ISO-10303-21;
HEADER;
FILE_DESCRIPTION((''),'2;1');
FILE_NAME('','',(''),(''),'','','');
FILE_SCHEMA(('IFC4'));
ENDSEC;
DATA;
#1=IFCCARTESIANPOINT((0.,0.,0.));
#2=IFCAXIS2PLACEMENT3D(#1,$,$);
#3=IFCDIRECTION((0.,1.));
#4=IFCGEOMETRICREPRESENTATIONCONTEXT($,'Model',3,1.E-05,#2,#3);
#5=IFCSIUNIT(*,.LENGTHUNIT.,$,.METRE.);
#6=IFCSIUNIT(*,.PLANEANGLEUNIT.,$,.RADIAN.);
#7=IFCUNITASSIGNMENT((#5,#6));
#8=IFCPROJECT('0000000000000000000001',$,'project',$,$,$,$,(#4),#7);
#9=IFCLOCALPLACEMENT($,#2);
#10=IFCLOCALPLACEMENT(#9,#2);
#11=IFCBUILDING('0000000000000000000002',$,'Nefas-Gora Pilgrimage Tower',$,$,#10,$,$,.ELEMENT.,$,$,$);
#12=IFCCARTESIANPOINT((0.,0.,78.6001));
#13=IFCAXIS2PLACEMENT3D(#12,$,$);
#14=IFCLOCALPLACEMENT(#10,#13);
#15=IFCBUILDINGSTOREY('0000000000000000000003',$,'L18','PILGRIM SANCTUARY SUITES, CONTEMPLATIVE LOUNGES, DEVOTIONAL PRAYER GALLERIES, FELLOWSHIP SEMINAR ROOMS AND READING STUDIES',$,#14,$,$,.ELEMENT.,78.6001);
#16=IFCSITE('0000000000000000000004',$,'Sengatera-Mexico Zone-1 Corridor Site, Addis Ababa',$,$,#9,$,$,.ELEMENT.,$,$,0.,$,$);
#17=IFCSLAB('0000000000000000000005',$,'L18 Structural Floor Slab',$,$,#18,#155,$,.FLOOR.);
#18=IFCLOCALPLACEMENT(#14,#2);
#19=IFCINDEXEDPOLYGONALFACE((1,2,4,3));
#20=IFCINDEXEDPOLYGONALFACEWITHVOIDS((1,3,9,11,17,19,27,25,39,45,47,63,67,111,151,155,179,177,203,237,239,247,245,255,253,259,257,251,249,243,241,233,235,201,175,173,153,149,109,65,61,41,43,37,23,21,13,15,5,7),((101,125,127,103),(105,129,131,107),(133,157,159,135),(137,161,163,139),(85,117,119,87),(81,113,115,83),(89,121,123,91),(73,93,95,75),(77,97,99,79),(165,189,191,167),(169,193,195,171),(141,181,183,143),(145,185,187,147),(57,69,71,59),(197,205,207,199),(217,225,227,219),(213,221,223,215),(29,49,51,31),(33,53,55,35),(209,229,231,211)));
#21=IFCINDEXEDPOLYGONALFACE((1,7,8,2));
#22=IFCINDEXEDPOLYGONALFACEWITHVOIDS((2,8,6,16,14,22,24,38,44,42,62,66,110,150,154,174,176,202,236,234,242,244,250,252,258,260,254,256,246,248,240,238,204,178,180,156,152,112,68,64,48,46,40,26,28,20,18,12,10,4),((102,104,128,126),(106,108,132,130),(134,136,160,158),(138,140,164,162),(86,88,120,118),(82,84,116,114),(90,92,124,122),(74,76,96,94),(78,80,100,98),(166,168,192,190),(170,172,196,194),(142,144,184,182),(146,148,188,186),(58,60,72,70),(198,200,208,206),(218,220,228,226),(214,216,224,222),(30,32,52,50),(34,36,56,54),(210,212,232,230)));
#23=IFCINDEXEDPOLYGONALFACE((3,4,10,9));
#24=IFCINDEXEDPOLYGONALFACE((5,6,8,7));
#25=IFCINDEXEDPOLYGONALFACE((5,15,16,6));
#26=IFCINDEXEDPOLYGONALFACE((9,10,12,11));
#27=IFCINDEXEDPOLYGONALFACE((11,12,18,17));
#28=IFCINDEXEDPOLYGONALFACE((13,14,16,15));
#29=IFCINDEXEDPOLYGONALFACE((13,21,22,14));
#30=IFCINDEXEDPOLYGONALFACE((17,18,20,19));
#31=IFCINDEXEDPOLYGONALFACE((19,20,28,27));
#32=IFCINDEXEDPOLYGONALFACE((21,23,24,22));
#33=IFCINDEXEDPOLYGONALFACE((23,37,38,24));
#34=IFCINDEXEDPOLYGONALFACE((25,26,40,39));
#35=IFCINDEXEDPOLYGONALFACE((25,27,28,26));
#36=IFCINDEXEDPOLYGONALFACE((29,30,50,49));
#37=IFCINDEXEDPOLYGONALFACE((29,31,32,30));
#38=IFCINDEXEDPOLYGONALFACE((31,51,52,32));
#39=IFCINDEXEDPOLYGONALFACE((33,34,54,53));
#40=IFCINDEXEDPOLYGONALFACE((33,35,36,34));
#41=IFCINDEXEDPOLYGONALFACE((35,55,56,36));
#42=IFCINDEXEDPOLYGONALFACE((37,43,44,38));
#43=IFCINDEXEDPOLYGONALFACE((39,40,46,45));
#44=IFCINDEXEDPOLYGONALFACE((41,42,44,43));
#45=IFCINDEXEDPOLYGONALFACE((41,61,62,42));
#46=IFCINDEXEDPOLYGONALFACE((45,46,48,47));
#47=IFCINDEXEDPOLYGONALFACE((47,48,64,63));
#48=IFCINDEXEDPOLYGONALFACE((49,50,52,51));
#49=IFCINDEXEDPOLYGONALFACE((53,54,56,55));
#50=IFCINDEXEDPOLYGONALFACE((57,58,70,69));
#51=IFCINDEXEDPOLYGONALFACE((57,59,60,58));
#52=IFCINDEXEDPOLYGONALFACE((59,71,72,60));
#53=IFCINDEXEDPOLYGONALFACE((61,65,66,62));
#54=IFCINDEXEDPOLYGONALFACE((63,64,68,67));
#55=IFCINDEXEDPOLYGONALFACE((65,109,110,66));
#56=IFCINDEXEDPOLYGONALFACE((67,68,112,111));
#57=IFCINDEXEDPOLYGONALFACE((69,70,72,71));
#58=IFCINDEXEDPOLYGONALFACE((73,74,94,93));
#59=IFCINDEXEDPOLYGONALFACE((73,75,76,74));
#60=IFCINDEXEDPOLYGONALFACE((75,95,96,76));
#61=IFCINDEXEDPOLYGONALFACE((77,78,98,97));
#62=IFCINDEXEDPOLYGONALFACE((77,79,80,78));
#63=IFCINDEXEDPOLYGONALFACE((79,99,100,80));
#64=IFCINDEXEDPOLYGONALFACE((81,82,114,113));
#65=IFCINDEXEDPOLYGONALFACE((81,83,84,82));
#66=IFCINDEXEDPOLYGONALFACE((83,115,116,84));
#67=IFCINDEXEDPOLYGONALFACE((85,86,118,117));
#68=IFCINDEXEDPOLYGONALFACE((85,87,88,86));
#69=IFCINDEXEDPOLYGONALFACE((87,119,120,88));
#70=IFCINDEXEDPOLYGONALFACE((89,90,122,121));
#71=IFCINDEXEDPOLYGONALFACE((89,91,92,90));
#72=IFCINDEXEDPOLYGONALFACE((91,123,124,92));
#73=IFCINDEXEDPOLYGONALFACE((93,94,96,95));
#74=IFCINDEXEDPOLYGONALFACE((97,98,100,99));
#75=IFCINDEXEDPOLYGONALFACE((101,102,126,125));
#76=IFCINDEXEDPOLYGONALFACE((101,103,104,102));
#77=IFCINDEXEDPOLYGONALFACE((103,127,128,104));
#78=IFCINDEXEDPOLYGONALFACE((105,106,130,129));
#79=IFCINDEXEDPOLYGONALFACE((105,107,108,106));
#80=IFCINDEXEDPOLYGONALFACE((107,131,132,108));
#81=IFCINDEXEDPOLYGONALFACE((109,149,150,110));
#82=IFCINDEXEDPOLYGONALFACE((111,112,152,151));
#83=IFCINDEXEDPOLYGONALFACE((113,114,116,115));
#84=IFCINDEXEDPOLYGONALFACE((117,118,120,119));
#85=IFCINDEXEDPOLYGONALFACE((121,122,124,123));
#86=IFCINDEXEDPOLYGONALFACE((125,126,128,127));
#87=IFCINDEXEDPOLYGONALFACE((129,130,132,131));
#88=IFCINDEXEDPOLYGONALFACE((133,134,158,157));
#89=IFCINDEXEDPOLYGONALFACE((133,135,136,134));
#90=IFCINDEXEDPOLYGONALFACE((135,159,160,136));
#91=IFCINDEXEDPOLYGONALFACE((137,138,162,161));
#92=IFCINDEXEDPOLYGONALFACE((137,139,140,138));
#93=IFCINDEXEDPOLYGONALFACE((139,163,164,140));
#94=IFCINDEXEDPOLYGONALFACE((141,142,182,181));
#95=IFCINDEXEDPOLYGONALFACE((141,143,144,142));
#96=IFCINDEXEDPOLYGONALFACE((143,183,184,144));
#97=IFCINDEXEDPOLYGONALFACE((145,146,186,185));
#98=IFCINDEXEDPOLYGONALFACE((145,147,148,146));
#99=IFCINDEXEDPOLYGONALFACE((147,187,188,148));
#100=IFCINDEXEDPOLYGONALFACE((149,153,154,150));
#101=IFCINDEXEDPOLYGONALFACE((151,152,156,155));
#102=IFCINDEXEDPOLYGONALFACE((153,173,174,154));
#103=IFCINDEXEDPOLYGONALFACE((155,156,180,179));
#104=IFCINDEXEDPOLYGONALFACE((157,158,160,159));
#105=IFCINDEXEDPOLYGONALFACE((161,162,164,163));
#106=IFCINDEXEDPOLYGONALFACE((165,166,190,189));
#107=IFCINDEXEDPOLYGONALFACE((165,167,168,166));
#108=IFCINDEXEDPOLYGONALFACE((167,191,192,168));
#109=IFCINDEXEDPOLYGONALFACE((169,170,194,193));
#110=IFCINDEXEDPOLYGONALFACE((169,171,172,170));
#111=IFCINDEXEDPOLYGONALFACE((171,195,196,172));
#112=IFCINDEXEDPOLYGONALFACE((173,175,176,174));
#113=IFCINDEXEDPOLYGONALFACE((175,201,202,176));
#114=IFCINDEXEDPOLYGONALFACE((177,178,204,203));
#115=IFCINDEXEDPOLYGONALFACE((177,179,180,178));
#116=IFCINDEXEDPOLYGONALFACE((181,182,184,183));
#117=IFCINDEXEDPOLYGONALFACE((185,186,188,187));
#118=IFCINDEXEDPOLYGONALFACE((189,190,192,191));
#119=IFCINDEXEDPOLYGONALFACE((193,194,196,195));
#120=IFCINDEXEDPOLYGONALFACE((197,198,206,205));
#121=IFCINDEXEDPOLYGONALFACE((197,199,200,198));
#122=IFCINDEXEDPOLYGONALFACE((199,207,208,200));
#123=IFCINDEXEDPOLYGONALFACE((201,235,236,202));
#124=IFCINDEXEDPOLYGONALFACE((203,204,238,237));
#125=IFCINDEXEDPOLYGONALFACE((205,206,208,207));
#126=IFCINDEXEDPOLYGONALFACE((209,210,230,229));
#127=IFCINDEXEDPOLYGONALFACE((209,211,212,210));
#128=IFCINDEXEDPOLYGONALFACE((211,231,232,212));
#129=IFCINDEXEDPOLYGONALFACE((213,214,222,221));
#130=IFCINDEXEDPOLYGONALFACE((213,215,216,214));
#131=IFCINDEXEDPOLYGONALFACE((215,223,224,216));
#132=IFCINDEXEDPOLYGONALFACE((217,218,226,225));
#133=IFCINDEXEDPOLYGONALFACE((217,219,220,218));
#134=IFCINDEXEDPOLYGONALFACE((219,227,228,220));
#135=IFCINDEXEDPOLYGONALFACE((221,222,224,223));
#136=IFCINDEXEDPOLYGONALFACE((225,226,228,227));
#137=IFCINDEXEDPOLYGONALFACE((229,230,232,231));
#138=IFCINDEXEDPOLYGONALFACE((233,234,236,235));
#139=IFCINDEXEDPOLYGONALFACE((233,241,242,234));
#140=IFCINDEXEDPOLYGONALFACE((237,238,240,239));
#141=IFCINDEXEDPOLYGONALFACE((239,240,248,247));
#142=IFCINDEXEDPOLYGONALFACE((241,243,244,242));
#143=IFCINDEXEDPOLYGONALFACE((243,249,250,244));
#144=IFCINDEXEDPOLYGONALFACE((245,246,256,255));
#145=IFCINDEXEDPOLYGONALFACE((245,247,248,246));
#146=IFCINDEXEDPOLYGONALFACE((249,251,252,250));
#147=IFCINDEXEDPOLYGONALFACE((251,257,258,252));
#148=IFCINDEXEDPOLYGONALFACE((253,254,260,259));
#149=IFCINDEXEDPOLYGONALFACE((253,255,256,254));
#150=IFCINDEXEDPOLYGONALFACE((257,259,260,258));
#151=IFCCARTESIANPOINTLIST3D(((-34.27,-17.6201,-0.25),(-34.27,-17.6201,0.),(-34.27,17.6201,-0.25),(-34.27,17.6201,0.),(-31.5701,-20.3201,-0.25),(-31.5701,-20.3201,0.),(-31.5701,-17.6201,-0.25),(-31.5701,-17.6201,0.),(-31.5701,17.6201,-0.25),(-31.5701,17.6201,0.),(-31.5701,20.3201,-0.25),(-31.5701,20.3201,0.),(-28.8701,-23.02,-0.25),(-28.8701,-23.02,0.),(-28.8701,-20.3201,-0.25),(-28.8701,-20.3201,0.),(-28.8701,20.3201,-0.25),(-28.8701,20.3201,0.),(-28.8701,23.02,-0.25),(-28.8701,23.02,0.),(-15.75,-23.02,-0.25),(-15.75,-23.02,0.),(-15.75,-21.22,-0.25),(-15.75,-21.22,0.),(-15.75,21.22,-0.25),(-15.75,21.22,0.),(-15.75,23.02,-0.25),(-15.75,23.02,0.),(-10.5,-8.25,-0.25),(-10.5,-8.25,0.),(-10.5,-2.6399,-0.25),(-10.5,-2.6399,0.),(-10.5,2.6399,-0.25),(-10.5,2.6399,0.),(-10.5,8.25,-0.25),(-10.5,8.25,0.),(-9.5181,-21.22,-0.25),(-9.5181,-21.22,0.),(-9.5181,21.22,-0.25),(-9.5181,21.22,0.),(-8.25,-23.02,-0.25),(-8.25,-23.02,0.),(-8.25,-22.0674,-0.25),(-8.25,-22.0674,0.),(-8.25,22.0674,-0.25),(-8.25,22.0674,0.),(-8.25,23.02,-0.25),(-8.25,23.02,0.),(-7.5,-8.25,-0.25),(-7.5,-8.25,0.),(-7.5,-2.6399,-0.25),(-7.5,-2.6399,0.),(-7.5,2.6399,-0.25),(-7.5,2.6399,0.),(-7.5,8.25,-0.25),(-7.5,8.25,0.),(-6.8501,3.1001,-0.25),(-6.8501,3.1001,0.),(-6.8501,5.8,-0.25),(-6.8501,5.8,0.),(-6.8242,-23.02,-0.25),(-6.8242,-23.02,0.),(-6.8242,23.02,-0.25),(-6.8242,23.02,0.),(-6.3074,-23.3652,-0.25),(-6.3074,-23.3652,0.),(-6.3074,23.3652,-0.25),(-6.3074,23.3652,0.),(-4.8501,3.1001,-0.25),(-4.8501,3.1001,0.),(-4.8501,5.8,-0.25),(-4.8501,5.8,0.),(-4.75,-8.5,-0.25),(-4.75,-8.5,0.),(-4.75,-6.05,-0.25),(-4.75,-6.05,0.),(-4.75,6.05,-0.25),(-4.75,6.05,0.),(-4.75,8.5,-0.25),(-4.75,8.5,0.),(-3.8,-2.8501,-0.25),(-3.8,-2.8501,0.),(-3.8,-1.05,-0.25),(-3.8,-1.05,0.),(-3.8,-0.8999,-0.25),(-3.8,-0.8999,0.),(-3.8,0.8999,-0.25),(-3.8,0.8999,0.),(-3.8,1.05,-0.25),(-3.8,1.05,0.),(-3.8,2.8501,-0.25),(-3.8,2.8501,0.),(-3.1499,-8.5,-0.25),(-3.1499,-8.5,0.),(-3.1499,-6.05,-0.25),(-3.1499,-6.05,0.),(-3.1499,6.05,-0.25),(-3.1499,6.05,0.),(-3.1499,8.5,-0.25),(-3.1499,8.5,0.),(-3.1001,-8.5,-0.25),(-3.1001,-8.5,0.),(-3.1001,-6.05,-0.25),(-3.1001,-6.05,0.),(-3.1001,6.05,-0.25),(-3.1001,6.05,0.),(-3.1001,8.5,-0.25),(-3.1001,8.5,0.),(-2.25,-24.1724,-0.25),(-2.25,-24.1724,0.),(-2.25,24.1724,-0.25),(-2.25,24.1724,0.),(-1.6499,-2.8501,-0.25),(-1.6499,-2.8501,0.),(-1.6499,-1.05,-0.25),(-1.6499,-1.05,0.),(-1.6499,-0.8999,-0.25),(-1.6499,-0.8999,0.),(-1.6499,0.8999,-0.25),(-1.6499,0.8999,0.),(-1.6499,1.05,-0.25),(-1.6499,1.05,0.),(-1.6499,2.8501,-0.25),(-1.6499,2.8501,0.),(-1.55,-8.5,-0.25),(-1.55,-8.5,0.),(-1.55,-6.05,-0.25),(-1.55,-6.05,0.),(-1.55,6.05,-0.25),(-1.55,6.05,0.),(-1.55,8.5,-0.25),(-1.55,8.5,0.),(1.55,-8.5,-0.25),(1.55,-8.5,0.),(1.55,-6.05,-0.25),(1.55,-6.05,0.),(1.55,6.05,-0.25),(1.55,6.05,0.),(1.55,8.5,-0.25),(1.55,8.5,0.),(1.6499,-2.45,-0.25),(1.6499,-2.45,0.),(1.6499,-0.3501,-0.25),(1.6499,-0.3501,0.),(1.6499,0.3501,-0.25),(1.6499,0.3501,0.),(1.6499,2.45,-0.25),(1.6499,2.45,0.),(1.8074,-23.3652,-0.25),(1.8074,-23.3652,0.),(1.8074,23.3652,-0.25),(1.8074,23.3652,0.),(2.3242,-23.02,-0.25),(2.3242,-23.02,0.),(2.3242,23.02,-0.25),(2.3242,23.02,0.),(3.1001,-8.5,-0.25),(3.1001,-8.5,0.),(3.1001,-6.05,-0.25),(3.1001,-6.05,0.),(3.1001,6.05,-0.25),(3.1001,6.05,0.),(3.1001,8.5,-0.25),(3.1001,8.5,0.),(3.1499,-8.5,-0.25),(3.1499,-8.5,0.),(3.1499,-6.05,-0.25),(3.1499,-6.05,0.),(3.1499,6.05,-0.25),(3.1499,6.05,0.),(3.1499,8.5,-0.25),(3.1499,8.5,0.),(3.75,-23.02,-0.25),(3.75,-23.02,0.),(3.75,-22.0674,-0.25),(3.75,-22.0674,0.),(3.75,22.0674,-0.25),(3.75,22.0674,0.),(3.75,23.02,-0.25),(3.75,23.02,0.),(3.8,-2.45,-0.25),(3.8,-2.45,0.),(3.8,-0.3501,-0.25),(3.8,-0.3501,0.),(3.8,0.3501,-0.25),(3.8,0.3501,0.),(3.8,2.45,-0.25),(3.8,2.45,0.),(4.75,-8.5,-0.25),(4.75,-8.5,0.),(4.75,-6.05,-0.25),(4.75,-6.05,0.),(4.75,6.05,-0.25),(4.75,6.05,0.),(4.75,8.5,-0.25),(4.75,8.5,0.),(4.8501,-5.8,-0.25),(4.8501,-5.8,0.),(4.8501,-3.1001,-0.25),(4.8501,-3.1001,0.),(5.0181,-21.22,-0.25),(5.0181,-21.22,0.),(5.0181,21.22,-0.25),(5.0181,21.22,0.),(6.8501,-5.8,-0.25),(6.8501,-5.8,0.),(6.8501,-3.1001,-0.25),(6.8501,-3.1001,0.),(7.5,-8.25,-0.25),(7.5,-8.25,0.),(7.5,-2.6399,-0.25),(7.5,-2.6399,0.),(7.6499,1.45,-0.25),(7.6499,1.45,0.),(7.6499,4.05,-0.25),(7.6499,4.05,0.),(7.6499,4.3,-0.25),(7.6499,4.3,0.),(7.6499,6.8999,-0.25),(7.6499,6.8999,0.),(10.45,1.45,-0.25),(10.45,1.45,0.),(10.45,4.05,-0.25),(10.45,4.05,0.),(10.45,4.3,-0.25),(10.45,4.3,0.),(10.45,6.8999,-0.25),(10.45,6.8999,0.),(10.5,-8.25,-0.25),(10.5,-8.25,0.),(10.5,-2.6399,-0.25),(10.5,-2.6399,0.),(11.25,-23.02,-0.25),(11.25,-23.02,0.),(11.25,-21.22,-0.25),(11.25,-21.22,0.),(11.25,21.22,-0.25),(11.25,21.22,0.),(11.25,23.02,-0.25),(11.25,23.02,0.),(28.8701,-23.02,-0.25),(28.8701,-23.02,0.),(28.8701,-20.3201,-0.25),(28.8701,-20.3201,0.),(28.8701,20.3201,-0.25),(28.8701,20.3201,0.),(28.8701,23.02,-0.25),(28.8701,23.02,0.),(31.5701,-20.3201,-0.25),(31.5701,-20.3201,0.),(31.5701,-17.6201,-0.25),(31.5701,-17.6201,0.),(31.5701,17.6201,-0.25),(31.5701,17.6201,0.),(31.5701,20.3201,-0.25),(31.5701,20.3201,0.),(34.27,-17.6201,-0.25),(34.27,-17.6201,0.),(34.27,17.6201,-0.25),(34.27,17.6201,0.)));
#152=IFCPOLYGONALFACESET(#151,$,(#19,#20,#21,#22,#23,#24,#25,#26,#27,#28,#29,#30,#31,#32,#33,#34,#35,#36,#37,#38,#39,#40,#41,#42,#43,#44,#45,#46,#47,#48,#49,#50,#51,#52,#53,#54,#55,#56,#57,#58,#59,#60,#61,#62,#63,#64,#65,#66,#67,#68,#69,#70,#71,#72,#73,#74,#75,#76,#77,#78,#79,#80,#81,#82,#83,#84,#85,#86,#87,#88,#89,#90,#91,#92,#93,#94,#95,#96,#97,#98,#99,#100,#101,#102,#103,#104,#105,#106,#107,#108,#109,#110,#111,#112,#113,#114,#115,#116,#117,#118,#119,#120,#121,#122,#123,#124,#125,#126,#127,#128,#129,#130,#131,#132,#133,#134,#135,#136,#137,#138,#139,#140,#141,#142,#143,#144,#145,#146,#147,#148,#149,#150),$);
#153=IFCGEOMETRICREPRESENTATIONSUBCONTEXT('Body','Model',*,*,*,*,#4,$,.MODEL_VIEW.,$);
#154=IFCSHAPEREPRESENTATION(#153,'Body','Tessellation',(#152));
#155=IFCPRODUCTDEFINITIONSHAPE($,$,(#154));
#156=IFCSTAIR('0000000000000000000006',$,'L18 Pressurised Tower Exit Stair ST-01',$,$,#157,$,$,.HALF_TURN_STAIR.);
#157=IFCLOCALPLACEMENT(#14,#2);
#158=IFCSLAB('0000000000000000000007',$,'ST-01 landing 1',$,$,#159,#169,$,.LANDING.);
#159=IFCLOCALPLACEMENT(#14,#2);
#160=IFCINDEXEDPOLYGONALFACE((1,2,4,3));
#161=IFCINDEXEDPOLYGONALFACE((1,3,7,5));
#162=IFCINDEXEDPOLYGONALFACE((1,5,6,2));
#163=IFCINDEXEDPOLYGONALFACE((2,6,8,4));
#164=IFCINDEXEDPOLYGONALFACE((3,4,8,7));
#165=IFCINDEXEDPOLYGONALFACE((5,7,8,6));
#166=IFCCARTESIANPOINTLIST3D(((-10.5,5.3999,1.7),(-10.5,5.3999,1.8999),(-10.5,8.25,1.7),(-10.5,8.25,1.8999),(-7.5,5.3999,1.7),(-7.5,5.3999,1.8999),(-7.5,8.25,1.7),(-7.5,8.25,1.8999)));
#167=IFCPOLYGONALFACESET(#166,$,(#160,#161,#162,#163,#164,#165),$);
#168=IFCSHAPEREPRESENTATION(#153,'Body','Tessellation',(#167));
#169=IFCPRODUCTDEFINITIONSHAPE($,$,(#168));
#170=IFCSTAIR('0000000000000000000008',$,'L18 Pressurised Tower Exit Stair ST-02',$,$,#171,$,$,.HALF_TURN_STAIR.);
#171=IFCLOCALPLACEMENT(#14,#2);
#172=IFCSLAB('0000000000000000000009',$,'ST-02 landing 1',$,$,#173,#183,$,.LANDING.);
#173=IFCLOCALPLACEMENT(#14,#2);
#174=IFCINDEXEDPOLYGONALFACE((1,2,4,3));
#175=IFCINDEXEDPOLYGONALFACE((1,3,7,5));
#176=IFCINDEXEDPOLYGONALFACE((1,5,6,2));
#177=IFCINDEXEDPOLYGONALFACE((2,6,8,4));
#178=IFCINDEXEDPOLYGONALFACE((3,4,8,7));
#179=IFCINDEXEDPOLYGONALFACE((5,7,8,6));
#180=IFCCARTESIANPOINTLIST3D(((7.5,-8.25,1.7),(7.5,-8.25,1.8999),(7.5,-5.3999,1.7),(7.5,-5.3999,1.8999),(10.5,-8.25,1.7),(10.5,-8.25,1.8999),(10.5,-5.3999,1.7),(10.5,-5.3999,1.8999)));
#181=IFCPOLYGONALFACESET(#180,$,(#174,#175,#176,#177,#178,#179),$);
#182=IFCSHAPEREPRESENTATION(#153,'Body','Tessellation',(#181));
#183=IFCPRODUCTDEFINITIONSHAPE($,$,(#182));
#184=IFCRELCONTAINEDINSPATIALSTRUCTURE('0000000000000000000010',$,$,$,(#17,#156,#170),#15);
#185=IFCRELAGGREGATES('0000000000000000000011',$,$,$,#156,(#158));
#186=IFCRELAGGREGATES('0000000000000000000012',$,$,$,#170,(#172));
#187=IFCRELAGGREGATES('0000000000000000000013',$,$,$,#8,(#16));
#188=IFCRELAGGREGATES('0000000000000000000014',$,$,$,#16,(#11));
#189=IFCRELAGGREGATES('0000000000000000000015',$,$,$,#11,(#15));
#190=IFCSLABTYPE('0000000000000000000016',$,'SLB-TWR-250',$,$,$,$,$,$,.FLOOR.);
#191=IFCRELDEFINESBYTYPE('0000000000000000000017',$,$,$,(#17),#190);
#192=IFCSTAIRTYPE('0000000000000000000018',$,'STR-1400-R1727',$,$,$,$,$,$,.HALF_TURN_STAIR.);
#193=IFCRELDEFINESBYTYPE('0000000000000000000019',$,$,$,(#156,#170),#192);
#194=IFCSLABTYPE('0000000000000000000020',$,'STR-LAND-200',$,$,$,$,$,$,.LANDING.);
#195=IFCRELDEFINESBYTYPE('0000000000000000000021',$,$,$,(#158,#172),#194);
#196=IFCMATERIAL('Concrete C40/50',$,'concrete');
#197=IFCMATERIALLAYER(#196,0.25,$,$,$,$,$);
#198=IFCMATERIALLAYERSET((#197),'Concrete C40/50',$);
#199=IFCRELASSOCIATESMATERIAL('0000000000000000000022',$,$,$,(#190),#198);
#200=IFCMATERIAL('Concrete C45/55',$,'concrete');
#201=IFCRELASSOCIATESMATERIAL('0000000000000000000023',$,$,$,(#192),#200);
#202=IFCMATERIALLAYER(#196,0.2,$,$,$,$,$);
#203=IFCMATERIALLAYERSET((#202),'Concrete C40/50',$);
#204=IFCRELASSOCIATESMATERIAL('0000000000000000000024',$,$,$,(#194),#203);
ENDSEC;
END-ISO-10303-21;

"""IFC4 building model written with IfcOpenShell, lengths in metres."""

from ifc_helpers import new_model, si_unit, direction, frame, origin, place, context, subcontext, project, spatial, polyline, outline, extrude, material, layer, layer_set, type_object, element, aggregate, save


model = new_model("IFC4")

# Units and contexts
model_context = context("Model", 3, precision=1e-05, world=origin(), true_north=direction((0.0, 1.0)))
body_context = subcontext(model_context, "Body", "Model", "MODEL_VIEW")
ifc_project = project(units=[si_unit("LENGTHUNIT", "METRE"), si_unit("PLANEANGLEUNIT", "RADIAN")], contexts=[model_context])

# Site, building, storey
site_placement = place(None, origin())
site = spatial("IfcSite", under=ifc_project, at=site_placement, Name="Sengatera-Mexico Zone-1 Corridor Site, Addis Ababa", CompositionType="ELEMENT", RefElevation=0.0)
building_placement = place(site_placement, origin())
building = spatial("IfcBuilding", under=site, at=building_placement, Name="Nefas-Gora Pilgrimage Tower", CompositionType="ELEMENT")
storey_placement = place(building_placement, frame((0.0, 0.0, 78.6001)))
storey = spatial("IfcBuildingStorey", under=building, at=storey_placement, Name="L18", Description="PILGRIM SANCTUARY SUITES, CONTEMPLATIVE LOUNGES, DEVOTIONAL PRAYER GALLERIES, FELLOWSHIP SEMINAR ROOMS AND READING STUDIES", CompositionType="ELEMENT", Elevation=78.6001)

# Slab
ifc_material_1 = material(Name="Concrete C40/50", Category="concrete")
ifc_layer_1 = layer(ifc_material_1, 0.25)
ifc_layer_set_1 = layer_set([ifc_layer_1], Name="Concrete C40/50")
slab_type_1 = type_object("IfcSlabType", Name="SLB-TWR-250", PredefinedType="FLOOR", material=ifc_layer_set_1)
slab_1_placement = place(storey_placement, frame((0.0, 0.0, -0.25)))
element("IfcSlab", 1, at=slab_1_placement, inside=storey, type_object=slab_type_1, Name="L18 Structural Floor Slab", PredefinedType="FLOOR", context=body_context, shape_type="SweptSolid", body=[
    extrude(outline(polyline([(5.0181, -21.22), (11.25, -21.22), (11.25, -23.02), (28.8701, -23.02), (28.8701, -20.3201), (31.5701, -20.3201), (31.5701, -17.6201), (34.27, -17.6201), (34.27, 17.6201), (31.5701, 17.6201), (31.5701, 20.3201), (28.8701, 20.3201), (28.8701, 23.02), (11.25, 23.02), (11.25, 21.22), (5.0181, 21.22), (3.75, 22.0674), (3.75, 23.02), (2.3242, 23.02), (1.8074, 23.3652), (-2.25, 24.1724), (-6.3074, 23.3652), (-6.8242, 23.02), (-8.25, 23.02), (-8.25, 22.0674), (-9.5181, 21.22), (-15.75, 21.22), (-15.75, 23.02), (-28.8701, 23.02), (-28.8701, 20.3201), (-31.5701, 20.3201), (-31.5701, 17.6201), (-34.27, 17.6201), (-34.27, -17.6201), (-31.5701, -17.6201), (-31.5701, -20.3201), (-28.8701, -20.3201), (-28.8701, -23.02), (-15.75, -23.02), (-15.75, -21.22), (-9.5181, -21.22), (-8.25, -22.0674), (-8.25, -23.02), (-6.8242, -23.02), (-6.3074, -23.3652), (-2.25, -24.1724), (1.8074, -23.3652), (2.3242, -23.02), (3.75, -23.02), (3.75, -22.0674), (5.0181, -21.22)]), holes=[polyline([(-10.5, 2.6399), (-10.5, 8.25), (-7.5, 8.25), (-7.5, 2.6399), (-10.5, 2.6399)]), polyline([(10.5, -2.6399), (10.5, -8.25), (7.5, -8.25), (7.5, -2.6399), (10.5, -2.6399)]), polyline([(-7.5, -2.6399), (-7.5, -8.25), (-10.5, -8.25), (-10.5, -2.6399), (-7.5, -2.6399)]), polyline([(-6.8501, 5.8), (-4.8501, 5.8), (-4.8501, 3.1001), (-6.8501, 3.1001), (-6.8501, 5.8)]), polyline([(4.8501, -3.1001), (6.8501, -3.1001), (6.8501, -5.8), (4.8501, -5.8), (4.8501, -3.1001)]), polyline([(7.6499, 4.05), (10.45, 4.05), (10.45, 1.45), (7.6499, 1.45), (7.6499, 4.05)]), polyline([(7.6499, 6.8999), (10.45, 6.8999), (10.45, 4.3), (7.6499, 4.3), (7.6499, 6.8999)]), polyline([(-4.75, 8.5), (-3.1499, 8.5), (-3.1499, 6.05), (-4.75, 6.05), (-4.75, 8.5)]), polyline([(-3.1001, 8.5), (-1.55, 8.5), (-1.55, 6.05), (-3.1001, 6.05), (-3.1001, 8.5)]), polyline([(1.55, 8.5), (3.1001, 8.5), (3.1001, 6.05), (1.55, 6.05), (1.55, 8.5)]), polyline([(3.1499, 8.5), (4.75, 8.5), (4.75, 6.05), (3.1499, 6.05), (3.1499, 8.5)]), polyline([(-4.75, -6.05), (-3.1499, -6.05), (-3.1499, -8.5), (-4.75, -8.5), (-4.75, -6.05)]), polyline([(-3.1001, -6.05), (-1.55, -6.05), (-1.55, -8.5), (-3.1001, -8.5), (-3.1001, -6.05)]), polyline([(1.55, -6.05), (3.1001, -6.05), (3.1001, -8.5), (1.55, -8.5), (1.55, -6.05)]), polyline([(3.1499, -6.05), (4.75, -6.05), (4.75, -8.5), (3.1499, -8.5), (3.1499, -6.05)]), polyline([(-3.8, -1.05), (-1.6499, -1.05), (-1.6499, -2.8501), (-3.8, -2.8501), (-3.8, -1.05)]), polyline([(-3.8, 0.8999), (-1.6499, 0.8999), (-1.6499, -0.8999), (-3.8, -0.8999), (-3.8, 0.8999)]), polyline([(-3.8, 2.8501), (-1.6499, 2.8501), (-1.6499, 1.05), (-3.8, 1.05), (-3.8, 2.8501)]), polyline([(1.6499, -0.3501), (3.8, -0.3501), (3.8, -2.45), (1.6499, -2.45), (1.6499, -0.3501)]), polyline([(1.6499, 2.45), (3.8, 2.45), (3.8, 0.3501), (1.6499, 0.3501), (1.6499, 2.45)])]), origin(), (0.0, 0.0, 1.0), 0.25),
])

# Stairs, slabs
ifc_material_2 = material(Name="Concrete C45/55", Category="concrete")
stair_type = type_object("IfcStairType", Name="STR-1400-R1727", PredefinedType="HALF_TURN_STAIR", material=ifc_material_2)
stair_1_placement = place(storey_placement, origin())
stair_1 = element("IfcStair", 2, at=stair_1_placement, inside=storey, type_object=stair_type, Name="L18 Pressurised Tower Exit Stair ST-01", PredefinedType="HALF_TURN_STAIR")
ifc_layer_2 = layer(ifc_material_1, 0.2)
ifc_layer_set_2 = layer_set([ifc_layer_2], Name="Concrete C40/50")
slab_type_2 = type_object("IfcSlabType", Name="STR-LAND-200", PredefinedType="LANDING", material=ifc_layer_set_2)
slab_2_placement = place(storey_placement, frame((0.0, 0.0, 1.7)))
slab_2 = element("IfcSlab", 3, at=slab_2_placement, type_object=slab_type_2, Name="ST-01 landing 1", PredefinedType="LANDING", context=body_context, shape_type="SweptSolid", body=[
    extrude(outline(polyline([(-7.5, 5.3999), (-7.5, 8.25), (-10.5, 8.25), (-10.5, 5.3999), (-7.5, 5.3999)])), origin(), (0.0, 0.0, 1.0), 0.2),
])
aggregate(stair_1, [slab_2])
stair_2_placement = place(storey_placement, origin())
stair_2 = element("IfcStair", 4, at=stair_2_placement, inside=storey, type_object=stair_type, Name="L18 Pressurised Tower Exit Stair ST-02", PredefinedType="HALF_TURN_STAIR")
slab_3_placement = place(storey_placement, frame((0.0, 0.0, 1.7)))
slab_3 = element("IfcSlab", 5, at=slab_3_placement, type_object=slab_type_2, Name="ST-02 landing 1", PredefinedType="LANDING", context=body_context, shape_type="SweptSolid", body=[
    extrude(outline(polyline([(7.5, -5.3999), (7.5, -8.25), (10.5, -8.25), (10.5, -5.3999), (7.5, -5.3999)])), origin(), (0.0, 0.0, 1.0), 0.2),
])
aggregate(stair_2, [slab_3])

save(model, "model.ifc")
